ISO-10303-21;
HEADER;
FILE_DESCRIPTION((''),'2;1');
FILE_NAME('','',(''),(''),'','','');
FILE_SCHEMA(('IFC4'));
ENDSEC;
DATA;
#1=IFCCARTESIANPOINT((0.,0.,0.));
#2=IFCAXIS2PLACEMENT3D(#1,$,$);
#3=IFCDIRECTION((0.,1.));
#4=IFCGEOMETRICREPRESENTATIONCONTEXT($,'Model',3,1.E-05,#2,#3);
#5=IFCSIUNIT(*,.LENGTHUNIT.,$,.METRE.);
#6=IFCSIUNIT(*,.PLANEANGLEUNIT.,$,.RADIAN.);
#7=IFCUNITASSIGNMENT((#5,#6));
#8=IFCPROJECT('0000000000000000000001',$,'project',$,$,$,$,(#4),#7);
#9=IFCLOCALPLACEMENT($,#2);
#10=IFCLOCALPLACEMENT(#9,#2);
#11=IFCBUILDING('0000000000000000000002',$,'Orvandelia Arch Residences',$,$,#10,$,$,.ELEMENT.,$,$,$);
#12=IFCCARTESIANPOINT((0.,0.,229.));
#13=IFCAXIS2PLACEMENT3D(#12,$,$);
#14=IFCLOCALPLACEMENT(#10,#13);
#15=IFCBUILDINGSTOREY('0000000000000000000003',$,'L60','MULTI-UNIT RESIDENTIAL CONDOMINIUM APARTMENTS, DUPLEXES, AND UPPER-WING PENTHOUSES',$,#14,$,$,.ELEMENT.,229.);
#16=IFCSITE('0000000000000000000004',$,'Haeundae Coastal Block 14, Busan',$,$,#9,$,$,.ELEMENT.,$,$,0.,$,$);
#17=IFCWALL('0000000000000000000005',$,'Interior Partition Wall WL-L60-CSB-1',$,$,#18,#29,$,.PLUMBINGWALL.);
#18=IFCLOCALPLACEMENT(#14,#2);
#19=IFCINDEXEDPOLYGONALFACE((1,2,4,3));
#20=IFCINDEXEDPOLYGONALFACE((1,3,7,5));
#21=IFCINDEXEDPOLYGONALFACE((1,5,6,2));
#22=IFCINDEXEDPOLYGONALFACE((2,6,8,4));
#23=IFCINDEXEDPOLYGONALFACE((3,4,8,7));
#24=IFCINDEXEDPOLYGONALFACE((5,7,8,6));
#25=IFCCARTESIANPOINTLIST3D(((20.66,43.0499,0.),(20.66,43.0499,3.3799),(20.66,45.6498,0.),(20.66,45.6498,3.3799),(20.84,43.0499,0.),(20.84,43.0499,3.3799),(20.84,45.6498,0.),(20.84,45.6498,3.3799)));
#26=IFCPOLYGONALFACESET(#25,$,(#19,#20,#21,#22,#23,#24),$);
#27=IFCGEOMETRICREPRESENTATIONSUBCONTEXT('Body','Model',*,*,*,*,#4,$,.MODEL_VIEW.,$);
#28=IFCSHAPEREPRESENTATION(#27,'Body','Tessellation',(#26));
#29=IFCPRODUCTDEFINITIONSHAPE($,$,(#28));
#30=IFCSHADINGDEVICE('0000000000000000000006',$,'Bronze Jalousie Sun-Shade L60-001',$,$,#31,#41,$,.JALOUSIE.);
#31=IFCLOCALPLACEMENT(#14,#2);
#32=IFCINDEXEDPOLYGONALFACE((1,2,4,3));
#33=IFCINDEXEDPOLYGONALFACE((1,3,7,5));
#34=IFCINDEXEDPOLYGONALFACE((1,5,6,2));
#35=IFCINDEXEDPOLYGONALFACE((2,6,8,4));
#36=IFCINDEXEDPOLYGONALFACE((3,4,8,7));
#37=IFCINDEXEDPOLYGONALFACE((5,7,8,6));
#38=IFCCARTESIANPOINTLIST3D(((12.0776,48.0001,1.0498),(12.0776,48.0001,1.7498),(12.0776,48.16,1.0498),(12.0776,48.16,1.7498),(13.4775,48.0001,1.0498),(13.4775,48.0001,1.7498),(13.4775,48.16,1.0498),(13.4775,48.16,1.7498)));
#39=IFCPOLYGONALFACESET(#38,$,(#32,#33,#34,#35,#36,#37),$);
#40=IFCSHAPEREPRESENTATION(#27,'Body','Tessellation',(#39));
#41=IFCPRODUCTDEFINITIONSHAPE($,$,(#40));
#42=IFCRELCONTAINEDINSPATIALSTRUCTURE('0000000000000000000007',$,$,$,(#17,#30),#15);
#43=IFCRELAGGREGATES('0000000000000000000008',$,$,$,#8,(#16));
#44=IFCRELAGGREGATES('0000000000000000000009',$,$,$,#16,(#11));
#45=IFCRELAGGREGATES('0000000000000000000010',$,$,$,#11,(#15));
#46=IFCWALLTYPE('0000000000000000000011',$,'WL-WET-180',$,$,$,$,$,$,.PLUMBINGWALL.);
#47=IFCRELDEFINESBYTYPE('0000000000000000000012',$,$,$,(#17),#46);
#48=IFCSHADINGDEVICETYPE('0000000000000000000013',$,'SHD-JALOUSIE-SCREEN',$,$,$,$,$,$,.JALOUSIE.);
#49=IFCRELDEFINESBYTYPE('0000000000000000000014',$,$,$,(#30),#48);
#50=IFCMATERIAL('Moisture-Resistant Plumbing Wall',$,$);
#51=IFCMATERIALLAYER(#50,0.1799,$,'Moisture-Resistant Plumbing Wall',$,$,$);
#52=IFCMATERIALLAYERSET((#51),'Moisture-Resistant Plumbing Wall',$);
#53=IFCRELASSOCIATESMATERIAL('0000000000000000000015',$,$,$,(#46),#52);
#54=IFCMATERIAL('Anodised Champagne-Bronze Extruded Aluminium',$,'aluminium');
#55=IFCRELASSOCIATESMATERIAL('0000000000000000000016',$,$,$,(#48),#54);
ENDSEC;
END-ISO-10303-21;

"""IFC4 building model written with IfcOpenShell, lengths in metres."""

from ifc_helpers import new_model, si_unit, direction, frame, frame_2d, origin, origin_2d, place, context, subcontext, project, spatial, rectangle, extrude, material, layer, layer_set, type_object, element, save


model = new_model("IFC4")

# Units and contexts
model_context = context("Model", 3, precision=1e-05, world=origin(), true_north=direction((0.0, 1.0)))
body_context = subcontext(model_context, "Body", "Model", "MODEL_VIEW")
ifc_project = project(units=[si_unit("LENGTHUNIT", "METRE"), si_unit("PLANEANGLEUNIT", "RADIAN")], contexts=[model_context])

# Site, building, storey
site_placement = place(None, origin())
site = spatial("IfcSite", under=ifc_project, at=site_placement, Name="Haeundae Coastal Block 14, Busan", CompositionType="ELEMENT", RefElevation=0.0)
building_placement = place(site_placement, origin())
building = spatial("IfcBuilding", under=site, at=building_placement, Name="Orvandelia Arch Residences", CompositionType="ELEMENT")
storey_placement = place(building_placement, frame((0.0, 0.0, 229.0)))
storey = spatial("IfcBuildingStorey", under=building, at=storey_placement, Name="L60", Description="MULTI-UNIT RESIDENTIAL CONDOMINIUM APARTMENTS, DUPLEXES, AND UPPER-WING PENTHOUSES", CompositionType="ELEMENT", Elevation=229.0)

# Wall
ifc_material_1 = material(Name="Moisture-Resistant Plumbing Wall")
ifc_layer_1 = layer(ifc_material_1, 0.1799, Name="Moisture-Resistant Plumbing Wall")
ifc_layer_set_1 = layer_set([ifc_layer_1], Name="Moisture-Resistant Plumbing Wall")
wall_type_1 = type_object("IfcWallType", Name="WL-WET-180", PredefinedType="PLUMBINGWALL", material=ifc_layer_set_1)
wall_1_placement = place(storey_placement, frame((20.75, 43.05, 0.0), z_axis=(0.0, 0.0, 1.0), x_axis=(0.0, 1.0, 0.0)))
element("IfcWall", 1, at=wall_1_placement, inside=storey, type_object=wall_type_1, Name="Interior Partition Wall WL-L60-CSB-1", PredefinedType="PLUMBINGWALL", context=body_context, shape_type="SweptSolid", body=[
    extrude(rectangle(XDim=2.5999, YDim=0.1799, at=frame_2d((1.2998, 0.0))), origin(), (0.0, 0.0, 1.0), 3.3799),
])

# Shading device
ifc_material_2 = material(Name="Anodised Champagne-Bronze Extruded Aluminium", Category="aluminium")
shading_device_type = type_object("IfcShadingDeviceType", Name="SHD-JALOUSIE-SCREEN", PredefinedType="JALOUSIE", material=ifc_material_2)
shading_device_placement = place(storey_placement, frame((12.7776, 48.0801, 1.0498), z_axis=(0.0, 0.0, 1.0), x_axis=(1.0, 0.0, 0.0)))
element("IfcShadingDevice", 2, at=shading_device_placement, inside=storey, type_object=shading_device_type, Name="Bronze Jalousie Sun-Shade L60-001", PredefinedType="JALOUSIE", context=body_context, shape_type="SweptSolid", body=[
    extrude(rectangle(XDim=1.3999, YDim=0.1599, at=origin_2d()), origin(), (0.0, 0.0, 1.0), 0.7),
])

save(model, "model.ifc")
